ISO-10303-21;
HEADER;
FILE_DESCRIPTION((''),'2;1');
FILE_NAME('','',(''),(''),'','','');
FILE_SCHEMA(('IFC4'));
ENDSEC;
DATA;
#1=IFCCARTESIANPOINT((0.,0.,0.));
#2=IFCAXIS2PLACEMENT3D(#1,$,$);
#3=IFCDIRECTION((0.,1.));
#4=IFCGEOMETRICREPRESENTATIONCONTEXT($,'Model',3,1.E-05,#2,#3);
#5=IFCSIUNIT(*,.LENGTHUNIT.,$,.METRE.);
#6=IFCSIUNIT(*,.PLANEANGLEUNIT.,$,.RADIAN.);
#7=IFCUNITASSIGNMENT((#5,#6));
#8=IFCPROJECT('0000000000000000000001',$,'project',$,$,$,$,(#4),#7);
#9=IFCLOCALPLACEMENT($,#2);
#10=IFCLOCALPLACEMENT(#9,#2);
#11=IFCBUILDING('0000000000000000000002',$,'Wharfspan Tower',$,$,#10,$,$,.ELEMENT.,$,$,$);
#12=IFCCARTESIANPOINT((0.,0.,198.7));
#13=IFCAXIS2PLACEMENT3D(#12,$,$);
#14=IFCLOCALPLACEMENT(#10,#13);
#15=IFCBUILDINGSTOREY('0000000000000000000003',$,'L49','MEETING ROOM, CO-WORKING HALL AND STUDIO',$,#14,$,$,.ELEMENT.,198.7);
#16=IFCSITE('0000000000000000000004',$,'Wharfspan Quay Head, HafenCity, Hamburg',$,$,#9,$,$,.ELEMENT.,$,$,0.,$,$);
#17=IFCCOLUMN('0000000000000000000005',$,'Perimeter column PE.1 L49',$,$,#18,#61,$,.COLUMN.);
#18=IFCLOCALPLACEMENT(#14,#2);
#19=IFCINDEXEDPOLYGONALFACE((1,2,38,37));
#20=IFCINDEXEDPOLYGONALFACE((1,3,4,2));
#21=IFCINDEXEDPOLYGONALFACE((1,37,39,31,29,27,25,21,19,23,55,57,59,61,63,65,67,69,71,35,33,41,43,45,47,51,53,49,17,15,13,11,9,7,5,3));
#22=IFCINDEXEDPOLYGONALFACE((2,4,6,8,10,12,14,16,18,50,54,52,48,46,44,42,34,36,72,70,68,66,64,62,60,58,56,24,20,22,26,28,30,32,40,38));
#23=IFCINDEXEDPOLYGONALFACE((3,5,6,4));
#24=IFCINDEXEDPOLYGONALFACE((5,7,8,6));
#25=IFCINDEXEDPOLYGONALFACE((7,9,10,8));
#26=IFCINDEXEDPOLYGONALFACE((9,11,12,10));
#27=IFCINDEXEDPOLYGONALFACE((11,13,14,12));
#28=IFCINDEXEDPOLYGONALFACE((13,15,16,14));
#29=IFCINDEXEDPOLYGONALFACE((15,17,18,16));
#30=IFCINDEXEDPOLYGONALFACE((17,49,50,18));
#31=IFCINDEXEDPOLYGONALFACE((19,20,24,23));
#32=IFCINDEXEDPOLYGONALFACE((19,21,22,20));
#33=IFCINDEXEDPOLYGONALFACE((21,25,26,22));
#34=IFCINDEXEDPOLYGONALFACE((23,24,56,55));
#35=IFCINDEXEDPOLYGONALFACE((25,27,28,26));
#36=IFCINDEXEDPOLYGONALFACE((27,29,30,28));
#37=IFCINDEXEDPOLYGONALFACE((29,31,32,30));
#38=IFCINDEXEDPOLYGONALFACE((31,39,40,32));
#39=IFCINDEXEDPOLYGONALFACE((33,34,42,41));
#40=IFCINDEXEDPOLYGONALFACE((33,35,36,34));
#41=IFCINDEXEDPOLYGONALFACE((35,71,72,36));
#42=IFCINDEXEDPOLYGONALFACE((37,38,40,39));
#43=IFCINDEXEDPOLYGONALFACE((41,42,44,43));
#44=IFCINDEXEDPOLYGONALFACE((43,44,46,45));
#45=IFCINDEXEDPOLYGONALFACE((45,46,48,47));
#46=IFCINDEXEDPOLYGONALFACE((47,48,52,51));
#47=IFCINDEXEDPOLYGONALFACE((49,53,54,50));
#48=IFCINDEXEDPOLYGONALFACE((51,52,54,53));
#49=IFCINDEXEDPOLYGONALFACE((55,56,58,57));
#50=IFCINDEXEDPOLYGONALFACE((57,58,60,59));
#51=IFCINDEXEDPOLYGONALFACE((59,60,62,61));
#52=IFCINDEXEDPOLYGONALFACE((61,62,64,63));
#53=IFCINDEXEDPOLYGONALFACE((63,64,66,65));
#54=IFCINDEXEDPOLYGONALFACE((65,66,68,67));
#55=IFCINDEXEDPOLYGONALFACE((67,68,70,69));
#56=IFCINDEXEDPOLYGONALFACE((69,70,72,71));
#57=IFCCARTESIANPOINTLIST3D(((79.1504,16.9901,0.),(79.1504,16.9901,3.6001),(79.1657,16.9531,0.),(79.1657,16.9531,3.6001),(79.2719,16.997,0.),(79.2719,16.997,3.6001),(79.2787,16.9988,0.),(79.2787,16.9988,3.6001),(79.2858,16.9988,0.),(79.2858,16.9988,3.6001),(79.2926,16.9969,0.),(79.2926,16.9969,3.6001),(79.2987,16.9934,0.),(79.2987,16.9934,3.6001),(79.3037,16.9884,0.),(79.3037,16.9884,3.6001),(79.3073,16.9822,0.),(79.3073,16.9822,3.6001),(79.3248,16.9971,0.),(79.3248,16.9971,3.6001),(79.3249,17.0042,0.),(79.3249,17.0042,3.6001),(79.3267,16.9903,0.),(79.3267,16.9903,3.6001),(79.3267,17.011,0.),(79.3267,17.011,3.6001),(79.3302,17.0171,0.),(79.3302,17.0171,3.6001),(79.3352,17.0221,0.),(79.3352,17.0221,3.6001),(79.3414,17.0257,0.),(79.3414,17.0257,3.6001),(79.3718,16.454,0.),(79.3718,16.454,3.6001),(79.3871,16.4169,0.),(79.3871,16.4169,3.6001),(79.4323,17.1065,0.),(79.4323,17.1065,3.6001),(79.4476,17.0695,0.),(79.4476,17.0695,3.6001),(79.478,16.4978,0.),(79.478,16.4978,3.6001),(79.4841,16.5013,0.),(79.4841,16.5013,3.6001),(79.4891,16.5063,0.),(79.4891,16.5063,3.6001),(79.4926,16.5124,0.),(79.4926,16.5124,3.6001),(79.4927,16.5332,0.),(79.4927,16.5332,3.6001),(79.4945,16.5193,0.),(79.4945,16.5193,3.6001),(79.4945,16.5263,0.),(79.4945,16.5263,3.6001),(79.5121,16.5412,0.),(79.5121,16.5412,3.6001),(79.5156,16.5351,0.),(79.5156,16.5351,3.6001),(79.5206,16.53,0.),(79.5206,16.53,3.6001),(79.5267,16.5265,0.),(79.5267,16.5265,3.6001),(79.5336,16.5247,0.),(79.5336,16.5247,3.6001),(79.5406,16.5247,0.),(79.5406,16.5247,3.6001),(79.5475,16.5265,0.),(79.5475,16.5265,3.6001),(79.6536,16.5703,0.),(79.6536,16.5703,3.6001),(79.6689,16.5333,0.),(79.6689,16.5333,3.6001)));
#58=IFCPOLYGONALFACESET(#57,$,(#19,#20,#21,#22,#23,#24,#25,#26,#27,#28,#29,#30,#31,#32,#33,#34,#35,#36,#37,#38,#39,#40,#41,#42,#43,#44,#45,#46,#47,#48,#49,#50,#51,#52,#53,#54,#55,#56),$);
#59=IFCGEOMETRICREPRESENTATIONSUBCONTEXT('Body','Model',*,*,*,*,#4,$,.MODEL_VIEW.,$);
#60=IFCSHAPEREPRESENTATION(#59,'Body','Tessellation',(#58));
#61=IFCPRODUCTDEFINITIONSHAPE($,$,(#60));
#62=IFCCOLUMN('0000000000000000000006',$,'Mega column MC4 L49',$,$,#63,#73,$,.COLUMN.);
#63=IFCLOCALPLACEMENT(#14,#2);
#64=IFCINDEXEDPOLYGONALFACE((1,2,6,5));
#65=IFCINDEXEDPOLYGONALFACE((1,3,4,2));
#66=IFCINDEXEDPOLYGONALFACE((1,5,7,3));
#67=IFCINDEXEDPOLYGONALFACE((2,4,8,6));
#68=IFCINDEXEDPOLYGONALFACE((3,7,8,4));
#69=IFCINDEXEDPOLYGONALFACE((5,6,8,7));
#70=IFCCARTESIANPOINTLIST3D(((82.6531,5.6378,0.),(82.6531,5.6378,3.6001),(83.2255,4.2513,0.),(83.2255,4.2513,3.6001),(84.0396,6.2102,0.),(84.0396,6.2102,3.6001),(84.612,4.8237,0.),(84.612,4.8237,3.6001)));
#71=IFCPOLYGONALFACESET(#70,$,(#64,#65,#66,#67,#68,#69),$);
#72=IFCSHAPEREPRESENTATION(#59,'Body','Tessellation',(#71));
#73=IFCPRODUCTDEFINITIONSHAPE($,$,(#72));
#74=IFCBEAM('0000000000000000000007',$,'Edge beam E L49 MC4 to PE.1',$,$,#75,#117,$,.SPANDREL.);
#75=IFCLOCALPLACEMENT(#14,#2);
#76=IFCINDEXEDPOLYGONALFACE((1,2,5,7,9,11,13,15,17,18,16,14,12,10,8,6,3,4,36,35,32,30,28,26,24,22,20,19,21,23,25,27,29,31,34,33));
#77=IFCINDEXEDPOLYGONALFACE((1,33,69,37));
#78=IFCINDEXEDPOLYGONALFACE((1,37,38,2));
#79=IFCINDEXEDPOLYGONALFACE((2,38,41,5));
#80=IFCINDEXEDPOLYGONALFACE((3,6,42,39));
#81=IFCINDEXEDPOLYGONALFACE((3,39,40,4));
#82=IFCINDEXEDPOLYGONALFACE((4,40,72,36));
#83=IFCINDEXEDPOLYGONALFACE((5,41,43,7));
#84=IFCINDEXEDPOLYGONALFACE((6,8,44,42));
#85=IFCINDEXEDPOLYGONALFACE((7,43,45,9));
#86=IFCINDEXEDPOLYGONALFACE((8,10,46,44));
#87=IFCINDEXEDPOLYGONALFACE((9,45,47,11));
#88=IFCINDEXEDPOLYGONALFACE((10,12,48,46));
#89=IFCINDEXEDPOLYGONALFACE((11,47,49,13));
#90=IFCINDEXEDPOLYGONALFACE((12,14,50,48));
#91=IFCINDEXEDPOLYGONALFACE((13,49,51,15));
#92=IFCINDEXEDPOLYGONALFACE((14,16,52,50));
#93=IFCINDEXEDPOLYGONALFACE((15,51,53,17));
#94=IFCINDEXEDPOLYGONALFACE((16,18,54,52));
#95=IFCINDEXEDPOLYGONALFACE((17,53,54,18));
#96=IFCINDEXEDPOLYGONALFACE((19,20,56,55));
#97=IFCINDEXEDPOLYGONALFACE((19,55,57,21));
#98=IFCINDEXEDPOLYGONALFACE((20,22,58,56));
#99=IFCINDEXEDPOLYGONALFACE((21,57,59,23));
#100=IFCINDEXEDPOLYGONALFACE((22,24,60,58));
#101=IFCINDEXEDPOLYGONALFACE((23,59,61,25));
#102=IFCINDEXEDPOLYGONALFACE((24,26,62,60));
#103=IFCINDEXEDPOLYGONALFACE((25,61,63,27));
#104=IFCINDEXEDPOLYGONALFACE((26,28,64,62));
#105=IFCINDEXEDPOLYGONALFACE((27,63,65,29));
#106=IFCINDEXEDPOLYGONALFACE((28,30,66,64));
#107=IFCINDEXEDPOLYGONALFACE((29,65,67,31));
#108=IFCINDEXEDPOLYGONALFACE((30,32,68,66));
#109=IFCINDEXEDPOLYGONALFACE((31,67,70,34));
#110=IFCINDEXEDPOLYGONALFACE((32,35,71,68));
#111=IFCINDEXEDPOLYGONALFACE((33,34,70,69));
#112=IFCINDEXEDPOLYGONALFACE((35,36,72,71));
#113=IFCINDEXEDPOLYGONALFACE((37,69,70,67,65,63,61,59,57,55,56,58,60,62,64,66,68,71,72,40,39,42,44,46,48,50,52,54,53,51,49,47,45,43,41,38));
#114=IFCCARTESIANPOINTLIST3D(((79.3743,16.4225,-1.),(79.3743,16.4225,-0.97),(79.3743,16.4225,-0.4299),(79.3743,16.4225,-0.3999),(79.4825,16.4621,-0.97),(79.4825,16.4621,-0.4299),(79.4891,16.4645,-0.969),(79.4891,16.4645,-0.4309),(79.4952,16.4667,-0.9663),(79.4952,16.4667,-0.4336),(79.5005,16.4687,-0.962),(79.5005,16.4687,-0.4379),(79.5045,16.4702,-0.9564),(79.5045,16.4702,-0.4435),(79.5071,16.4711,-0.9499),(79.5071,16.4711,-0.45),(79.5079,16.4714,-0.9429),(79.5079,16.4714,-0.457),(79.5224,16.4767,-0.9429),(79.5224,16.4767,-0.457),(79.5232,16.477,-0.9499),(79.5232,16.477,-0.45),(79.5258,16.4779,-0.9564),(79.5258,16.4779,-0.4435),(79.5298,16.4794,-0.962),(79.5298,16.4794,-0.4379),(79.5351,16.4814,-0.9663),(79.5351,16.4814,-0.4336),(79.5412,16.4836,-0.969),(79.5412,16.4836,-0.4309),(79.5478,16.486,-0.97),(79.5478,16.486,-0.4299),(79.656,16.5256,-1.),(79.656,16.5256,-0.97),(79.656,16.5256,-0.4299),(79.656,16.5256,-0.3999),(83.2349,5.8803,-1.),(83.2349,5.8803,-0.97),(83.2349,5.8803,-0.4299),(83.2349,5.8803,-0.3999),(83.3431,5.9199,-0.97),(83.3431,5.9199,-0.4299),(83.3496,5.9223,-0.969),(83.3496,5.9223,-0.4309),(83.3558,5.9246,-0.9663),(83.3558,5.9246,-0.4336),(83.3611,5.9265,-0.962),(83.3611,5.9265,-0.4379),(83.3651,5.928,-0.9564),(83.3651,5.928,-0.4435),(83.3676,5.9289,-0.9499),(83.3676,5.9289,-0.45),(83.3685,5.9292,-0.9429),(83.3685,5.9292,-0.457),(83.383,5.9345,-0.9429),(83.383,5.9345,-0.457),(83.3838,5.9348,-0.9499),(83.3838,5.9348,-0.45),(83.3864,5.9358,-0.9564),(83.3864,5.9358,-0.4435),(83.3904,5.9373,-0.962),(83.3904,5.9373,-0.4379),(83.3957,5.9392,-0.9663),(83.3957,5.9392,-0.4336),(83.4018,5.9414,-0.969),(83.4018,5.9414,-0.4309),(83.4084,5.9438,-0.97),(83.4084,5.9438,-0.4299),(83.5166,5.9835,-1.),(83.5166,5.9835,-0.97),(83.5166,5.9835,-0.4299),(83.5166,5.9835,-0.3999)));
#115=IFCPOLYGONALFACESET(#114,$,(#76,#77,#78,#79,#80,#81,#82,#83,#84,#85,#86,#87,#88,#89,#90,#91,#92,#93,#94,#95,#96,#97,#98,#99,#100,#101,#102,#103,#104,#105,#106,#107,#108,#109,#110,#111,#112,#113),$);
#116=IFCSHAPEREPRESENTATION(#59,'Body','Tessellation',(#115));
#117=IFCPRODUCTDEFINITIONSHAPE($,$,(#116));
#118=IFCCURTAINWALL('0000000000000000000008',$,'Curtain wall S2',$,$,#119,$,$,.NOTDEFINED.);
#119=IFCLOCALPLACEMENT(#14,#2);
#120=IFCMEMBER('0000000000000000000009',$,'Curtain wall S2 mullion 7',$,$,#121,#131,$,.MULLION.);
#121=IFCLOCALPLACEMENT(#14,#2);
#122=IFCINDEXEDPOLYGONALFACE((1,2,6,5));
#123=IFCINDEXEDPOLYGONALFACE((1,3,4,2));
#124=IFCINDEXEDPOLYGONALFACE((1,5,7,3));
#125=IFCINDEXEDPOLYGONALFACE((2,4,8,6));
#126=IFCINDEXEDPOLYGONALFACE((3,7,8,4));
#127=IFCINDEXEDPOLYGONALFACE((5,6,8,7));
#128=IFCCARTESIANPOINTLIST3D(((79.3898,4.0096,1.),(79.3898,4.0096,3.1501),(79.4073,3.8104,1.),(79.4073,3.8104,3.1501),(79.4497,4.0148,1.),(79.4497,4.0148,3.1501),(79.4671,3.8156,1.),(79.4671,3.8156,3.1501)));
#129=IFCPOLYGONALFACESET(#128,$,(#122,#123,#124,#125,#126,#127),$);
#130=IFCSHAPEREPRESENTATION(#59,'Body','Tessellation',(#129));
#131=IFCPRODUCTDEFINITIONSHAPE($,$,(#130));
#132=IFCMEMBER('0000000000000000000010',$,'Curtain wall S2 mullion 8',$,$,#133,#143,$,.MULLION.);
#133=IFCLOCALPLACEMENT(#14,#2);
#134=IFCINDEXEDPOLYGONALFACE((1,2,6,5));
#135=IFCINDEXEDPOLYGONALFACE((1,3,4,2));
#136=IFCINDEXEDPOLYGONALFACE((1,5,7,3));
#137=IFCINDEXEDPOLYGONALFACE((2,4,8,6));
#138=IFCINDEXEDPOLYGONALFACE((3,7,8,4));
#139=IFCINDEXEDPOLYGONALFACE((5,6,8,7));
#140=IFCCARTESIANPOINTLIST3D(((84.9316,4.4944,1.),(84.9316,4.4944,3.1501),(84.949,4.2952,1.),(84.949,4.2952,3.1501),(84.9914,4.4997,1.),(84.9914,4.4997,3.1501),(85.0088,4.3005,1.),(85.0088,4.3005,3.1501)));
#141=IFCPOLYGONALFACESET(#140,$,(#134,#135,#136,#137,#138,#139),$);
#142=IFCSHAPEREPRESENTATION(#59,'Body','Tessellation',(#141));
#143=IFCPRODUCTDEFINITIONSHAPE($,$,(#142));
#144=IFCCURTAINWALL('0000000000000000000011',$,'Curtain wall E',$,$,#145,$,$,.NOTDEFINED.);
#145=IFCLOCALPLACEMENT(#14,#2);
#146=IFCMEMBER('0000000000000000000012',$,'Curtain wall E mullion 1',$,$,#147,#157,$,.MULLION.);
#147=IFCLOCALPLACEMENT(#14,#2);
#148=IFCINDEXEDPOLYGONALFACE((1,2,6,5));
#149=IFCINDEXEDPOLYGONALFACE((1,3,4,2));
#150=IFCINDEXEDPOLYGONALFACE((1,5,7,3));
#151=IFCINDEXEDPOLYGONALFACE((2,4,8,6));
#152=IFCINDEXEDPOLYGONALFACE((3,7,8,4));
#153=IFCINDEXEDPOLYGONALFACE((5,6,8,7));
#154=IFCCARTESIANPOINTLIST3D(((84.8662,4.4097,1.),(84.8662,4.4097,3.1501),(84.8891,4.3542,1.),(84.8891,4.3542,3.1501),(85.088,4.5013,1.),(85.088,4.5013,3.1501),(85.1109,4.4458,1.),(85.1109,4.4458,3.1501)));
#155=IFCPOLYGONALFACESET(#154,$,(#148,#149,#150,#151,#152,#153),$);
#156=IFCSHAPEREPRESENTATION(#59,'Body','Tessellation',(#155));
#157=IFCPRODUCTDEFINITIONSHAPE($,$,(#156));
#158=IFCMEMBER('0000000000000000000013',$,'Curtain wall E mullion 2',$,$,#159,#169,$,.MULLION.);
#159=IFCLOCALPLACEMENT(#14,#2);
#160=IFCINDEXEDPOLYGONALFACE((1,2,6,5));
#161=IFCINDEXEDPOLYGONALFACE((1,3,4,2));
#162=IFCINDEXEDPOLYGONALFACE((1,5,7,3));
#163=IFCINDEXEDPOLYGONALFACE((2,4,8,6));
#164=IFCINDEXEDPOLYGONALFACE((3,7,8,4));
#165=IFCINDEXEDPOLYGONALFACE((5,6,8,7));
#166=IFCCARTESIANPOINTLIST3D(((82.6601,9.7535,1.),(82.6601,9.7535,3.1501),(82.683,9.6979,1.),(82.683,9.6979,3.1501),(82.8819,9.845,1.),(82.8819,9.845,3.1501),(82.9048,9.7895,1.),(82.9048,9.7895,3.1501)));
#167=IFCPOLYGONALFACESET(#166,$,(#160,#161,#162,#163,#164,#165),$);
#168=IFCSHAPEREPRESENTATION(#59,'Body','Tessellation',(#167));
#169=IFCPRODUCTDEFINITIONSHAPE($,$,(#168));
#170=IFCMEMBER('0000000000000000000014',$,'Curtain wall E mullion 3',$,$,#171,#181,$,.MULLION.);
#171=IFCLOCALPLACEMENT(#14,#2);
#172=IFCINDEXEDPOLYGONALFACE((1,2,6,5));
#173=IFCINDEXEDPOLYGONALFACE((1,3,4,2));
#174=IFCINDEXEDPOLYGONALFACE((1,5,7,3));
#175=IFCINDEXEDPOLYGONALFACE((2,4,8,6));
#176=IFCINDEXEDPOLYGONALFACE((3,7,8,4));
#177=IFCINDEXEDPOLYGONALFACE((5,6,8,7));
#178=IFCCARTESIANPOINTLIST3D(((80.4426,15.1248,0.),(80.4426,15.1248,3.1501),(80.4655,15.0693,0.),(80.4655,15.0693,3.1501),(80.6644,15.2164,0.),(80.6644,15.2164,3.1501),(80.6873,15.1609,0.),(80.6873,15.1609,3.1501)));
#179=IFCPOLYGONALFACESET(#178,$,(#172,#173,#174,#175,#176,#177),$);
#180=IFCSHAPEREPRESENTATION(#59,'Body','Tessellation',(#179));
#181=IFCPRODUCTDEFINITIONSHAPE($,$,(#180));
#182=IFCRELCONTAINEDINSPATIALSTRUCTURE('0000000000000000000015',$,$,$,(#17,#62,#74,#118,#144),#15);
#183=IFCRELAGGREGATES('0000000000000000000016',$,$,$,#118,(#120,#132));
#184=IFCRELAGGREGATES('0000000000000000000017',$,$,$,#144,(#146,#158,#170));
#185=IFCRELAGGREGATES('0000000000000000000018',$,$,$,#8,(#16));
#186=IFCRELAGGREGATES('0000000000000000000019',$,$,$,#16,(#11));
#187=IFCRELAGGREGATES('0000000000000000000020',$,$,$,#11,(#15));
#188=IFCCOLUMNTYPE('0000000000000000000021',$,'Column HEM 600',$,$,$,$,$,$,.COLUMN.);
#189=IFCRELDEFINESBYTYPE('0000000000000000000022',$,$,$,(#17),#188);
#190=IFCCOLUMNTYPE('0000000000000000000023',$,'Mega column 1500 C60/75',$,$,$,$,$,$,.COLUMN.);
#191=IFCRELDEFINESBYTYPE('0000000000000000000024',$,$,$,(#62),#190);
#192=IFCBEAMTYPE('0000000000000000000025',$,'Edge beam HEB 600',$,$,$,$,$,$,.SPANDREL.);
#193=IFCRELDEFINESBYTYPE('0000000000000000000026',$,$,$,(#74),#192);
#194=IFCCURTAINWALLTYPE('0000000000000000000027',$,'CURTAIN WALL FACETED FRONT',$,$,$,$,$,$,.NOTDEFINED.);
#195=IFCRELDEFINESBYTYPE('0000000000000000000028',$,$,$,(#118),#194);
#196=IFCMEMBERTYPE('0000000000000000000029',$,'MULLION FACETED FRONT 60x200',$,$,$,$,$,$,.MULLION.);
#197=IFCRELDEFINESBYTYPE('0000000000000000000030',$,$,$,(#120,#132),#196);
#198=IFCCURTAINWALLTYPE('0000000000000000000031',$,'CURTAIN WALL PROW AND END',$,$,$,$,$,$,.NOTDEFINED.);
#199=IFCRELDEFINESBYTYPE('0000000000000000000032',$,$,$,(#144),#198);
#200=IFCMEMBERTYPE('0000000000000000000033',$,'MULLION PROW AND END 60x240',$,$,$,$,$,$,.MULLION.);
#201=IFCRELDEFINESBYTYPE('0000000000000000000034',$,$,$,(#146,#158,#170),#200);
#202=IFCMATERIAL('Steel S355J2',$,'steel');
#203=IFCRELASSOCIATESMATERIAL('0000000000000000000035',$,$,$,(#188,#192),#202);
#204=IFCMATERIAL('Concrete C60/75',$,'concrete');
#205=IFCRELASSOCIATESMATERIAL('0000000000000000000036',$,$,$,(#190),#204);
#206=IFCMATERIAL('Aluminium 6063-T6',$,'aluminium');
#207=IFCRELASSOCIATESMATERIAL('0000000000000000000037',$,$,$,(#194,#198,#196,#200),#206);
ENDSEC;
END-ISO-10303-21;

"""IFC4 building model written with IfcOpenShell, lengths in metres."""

from ifc_helpers import new_model, si_unit, direction, frame, origin, origin_2d, place, context, subcontext, project, spatial, rectangle, i_section, extrude, material, material_profile, profile_set, type_object, element, aggregate, save


model = new_model("IFC4")

# Units and contexts
model_context = context("Model", 3, precision=1e-05, world=origin(), true_north=direction((0.0, 1.0)))
body_context = subcontext(model_context, "Body", "Model", "MODEL_VIEW")
ifc_project = project(units=[si_unit("LENGTHUNIT", "METRE"), si_unit("PLANEANGLEUNIT", "RADIAN")], contexts=[model_context])

# Site, building, storey
site_placement = place(None, origin())
site = spatial("IfcSite", under=ifc_project, at=site_placement, Name="Wharfspan Quay Head, HafenCity, Hamburg", CompositionType="ELEMENT", RefElevation=0.0)
building_placement = place(site_placement, origin())
building = spatial("IfcBuilding", under=site, at=building_placement, Name="Wharfspan Tower", CompositionType="ELEMENT")
storey_placement = place(building_placement, frame((0.0, 0.0, 198.7)))
storey = spatial("IfcBuildingStorey", under=building, at=storey_placement, Name="L49", Description="MEETING ROOM, CO-WORKING HALL AND STUDIO", CompositionType="ELEMENT", Elevation=198.7)

# Columns
ifc_material_1 = material(Name="Steel S355J2", Category="steel")
ifc_material_profile_1 = material_profile(ifc_material_1, i_section(OverallWidth=0.3049, OverallDepth=0.6201, WebThickness=0.021, FlangeThickness=0.04, FilletRadius=0.0271, at=origin_2d()))
ifc_profile_set_1 = profile_set([ifc_material_profile_1], Name="Steel S355J2")
column_type_1 = type_object("IfcColumnType", Name="Column HEM 600", PredefinedType="COLUMN", material=ifc_profile_set_1)
column_1_placement = place(storey_placement, frame((79.4097, 16.7617, 0.0), z_axis=(0.0, 0.0, 1.0), x_axis=(0.924325, 0.381602, 0.0)))
element("IfcColumn", 1, at=column_1_placement, inside=storey, type_object=column_type_1, Name="Perimeter column PE.1 L49", PredefinedType="COLUMN", context=body_context, shape_type="SweptSolid", body=[
    extrude(i_section(OverallWidth=0.3049, OverallDepth=0.6201, WebThickness=0.021, FlangeThickness=0.04, FilletRadius=0.0271, at=origin_2d()), origin(), (0.0, 0.0, 1.0), 3.6001),
])
ifc_material_2 = material(Name="Concrete C60/75", Category="concrete")
ifc_material_profile_2 = material_profile(ifc_material_2, rectangle(XDim=1.5, YDim=1.5, at=origin_2d()))
ifc_profile_set_2 = profile_set([ifc_material_profile_2], Name="Concrete C60/75")
column_type_2 = type_object("IfcColumnType", Name="Mega column 1500 C60/75", PredefinedType="COLUMN", material=ifc_profile_set_2)
column_2_placement = place(storey_placement, frame((83.6326, 5.2307, 0.0), z_axis=(0.0, 0.0, 1.0), x_axis=(-0.381602, 0.924325, 0.0)))
element("IfcColumn", 2, at=column_2_placement, inside=storey, type_object=column_type_2, Name="Mega column MC4 L49", PredefinedType="COLUMN", context=body_context, shape_type="SweptSolid", body=[
    extrude(rectangle(XDim=1.5, YDim=1.5, at=origin_2d()), origin(), (0.0, 0.0, 1.0), 3.6001),
])

# Beam
ifc_material_profile_3 = material_profile(ifc_material_1, i_section(OverallWidth=0.3, OverallDepth=0.6001, WebThickness=0.0154, FlangeThickness=0.03, FilletRadius=0.0271, at=origin_2d()))
ifc_profile_set_3 = profile_set([ifc_material_profile_3], Name="Steel S355J2")
beam_type = type_object("IfcBeamType", Name="Edge beam HEB 600", PredefinedType="SPANDREL", material=ifc_profile_set_3)
beam_placement = place(storey_placement, frame((83.3757, 5.9319, -0.7), z_axis=(-0.343871, 0.939017, 0.0), x_axis=(-0.939017, -0.343871, 0.0)))
element("IfcBeam", 3, at=beam_placement, inside=storey, type_object=beam_type, Name="Edge beam E L49 MC4 to PE.1", PredefinedType="SPANDREL", context=body_context, shape_type="SweptSolid", body=[
    extrude(i_section(OverallWidth=0.3, OverallDepth=0.6001, WebThickness=0.0154, FlangeThickness=0.03, FilletRadius=0.0271, at=origin_2d()), origin(), (0.0, 0.0, 1.0), 11.2268),
])

# Curtain walls, members
ifc_material_3 = material(Name="Aluminium 6063-T6", Category="aluminium")
curtain_wall_type_1 = type_object("IfcCurtainWallType", Name="CURTAIN WALL FACETED FRONT", PredefinedType="NOTDEFINED", material=ifc_material_3)
curtain_wall_1_placement = place(storey_placement, origin())
curtain_wall_1 = element("IfcCurtainWall", 4, at=curtain_wall_1_placement, inside=storey, type_object=curtain_wall_type_1, Name="Curtain wall S2", PredefinedType="NOTDEFINED")
ifc_material_profile_4 = material_profile(ifc_material_3, rectangle(XDim=0.2, YDim=0.0601, at=origin_2d()))
ifc_profile_set_4 = profile_set([ifc_material_profile_4], Name="Aluminium 6063-T6")
member_type_1 = type_object("IfcMemberType", Name="MULLION FACETED FRONT 60x200", PredefinedType="MULLION", material=ifc_profile_set_4)
member_1_placement = place(storey_placement, frame((79.4285, 3.9126, 1.0), z_axis=(0.0, 0.0, 1.0), x_axis=(-0.087156, 0.996198, 0.0)))
member_1 = element("IfcMember", 5, at=member_1_placement, type_object=member_type_1, Name="Curtain wall S2 mullion 7", PredefinedType="MULLION", context=body_context, shape_type="SweptSolid", body=[
    extrude(rectangle(XDim=0.2, YDim=0.0601, at=origin_2d()), origin(), (0.0, 0.0, 1.0), 2.1501),
])
member_2_placement = place(storey_placement, frame((84.9702, 4.3975, 1.0), z_axis=(0.0, 0.0, 1.0), x_axis=(-0.087156, 0.996198, 0.0)))
member_2 = element("IfcMember", 6, at=member_2_placement, type_object=member_type_1, Name="Curtain wall S2 mullion 8", PredefinedType="MULLION", context=body_context, shape_type="SweptSolid", body=[
    extrude(rectangle(XDim=0.2, YDim=0.0601, at=origin_2d()), origin(), (0.0, 0.0, 1.0), 2.1501),
])
curtain_wall_type_2 = type_object("IfcCurtainWallType", Name="CURTAIN WALL PROW AND END", PredefinedType="NOTDEFINED", material=ifc_material_3)
curtain_wall_2_placement = place(storey_placement, origin())
curtain_wall_2 = element("IfcCurtainWall", 7, at=curtain_wall_2_placement, inside=storey, type_object=curtain_wall_type_2, Name="Curtain wall E", PredefinedType="NOTDEFINED")
ifc_material_profile_5 = material_profile(ifc_material_3, rectangle(XDim=0.24, YDim=0.0601, at=origin_2d()))
ifc_profile_set_5 = profile_set([ifc_material_profile_5], Name="Aluminium 6063-T6")
member_type_2 = type_object("IfcMemberType", Name="MULLION PROW AND END 60x240", PredefinedType="MULLION", material=ifc_profile_set_5)
member_3_placement = place(storey_placement, frame((84.9885, 4.4277, 1.0), z_axis=(0.0, 0.0, 1.0), x_axis=(-0.924325, -0.381602, 0.0)))
member_3 = element("IfcMember", 8, at=member_3_placement, type_object=member_type_2, Name="Curtain wall E mullion 1", PredefinedType="MULLION", context=body_context, shape_type="SweptSolid", body=[
    extrude(rectangle(XDim=0.24, YDim=0.0601, at=origin_2d()), origin(), (0.0, 0.0, 1.0), 2.1501),
])
member_4_placement = place(storey_placement, frame((82.7825, 9.7715, 1.0), z_axis=(0.0, 0.0, 1.0), x_axis=(-0.924325, -0.381602, 0.0)))
member_4 = element("IfcMember", 9, at=member_4_placement, type_object=member_type_2, Name="Curtain wall E mullion 2", PredefinedType="MULLION", context=body_context, shape_type="SweptSolid", body=[
    extrude(rectangle(XDim=0.24, YDim=0.0601, at=origin_2d()), origin(), (0.0, 0.0, 1.0), 2.1501),
])
member_5_placement = place(storey_placement, frame((80.5649, 15.1428, 0.0), z_axis=(0.0, 0.0, 1.0), x_axis=(-0.924325, -0.381602, 0.0)))
member_5 = element("IfcMember", 10, at=member_5_placement, type_object=member_type_2, Name="Curtain wall E mullion 3", PredefinedType="MULLION", context=body_context, shape_type="SweptSolid", body=[
    extrude(rectangle(XDim=0.24, YDim=0.0601, at=origin_2d()), origin(), (0.0, 0.0, 1.0), 3.1501),
])

aggregate(curtain_wall_1, [member_1, member_2])
aggregate(curtain_wall_2, [member_3, member_4, member_5])

save(model, "model.ifc")
